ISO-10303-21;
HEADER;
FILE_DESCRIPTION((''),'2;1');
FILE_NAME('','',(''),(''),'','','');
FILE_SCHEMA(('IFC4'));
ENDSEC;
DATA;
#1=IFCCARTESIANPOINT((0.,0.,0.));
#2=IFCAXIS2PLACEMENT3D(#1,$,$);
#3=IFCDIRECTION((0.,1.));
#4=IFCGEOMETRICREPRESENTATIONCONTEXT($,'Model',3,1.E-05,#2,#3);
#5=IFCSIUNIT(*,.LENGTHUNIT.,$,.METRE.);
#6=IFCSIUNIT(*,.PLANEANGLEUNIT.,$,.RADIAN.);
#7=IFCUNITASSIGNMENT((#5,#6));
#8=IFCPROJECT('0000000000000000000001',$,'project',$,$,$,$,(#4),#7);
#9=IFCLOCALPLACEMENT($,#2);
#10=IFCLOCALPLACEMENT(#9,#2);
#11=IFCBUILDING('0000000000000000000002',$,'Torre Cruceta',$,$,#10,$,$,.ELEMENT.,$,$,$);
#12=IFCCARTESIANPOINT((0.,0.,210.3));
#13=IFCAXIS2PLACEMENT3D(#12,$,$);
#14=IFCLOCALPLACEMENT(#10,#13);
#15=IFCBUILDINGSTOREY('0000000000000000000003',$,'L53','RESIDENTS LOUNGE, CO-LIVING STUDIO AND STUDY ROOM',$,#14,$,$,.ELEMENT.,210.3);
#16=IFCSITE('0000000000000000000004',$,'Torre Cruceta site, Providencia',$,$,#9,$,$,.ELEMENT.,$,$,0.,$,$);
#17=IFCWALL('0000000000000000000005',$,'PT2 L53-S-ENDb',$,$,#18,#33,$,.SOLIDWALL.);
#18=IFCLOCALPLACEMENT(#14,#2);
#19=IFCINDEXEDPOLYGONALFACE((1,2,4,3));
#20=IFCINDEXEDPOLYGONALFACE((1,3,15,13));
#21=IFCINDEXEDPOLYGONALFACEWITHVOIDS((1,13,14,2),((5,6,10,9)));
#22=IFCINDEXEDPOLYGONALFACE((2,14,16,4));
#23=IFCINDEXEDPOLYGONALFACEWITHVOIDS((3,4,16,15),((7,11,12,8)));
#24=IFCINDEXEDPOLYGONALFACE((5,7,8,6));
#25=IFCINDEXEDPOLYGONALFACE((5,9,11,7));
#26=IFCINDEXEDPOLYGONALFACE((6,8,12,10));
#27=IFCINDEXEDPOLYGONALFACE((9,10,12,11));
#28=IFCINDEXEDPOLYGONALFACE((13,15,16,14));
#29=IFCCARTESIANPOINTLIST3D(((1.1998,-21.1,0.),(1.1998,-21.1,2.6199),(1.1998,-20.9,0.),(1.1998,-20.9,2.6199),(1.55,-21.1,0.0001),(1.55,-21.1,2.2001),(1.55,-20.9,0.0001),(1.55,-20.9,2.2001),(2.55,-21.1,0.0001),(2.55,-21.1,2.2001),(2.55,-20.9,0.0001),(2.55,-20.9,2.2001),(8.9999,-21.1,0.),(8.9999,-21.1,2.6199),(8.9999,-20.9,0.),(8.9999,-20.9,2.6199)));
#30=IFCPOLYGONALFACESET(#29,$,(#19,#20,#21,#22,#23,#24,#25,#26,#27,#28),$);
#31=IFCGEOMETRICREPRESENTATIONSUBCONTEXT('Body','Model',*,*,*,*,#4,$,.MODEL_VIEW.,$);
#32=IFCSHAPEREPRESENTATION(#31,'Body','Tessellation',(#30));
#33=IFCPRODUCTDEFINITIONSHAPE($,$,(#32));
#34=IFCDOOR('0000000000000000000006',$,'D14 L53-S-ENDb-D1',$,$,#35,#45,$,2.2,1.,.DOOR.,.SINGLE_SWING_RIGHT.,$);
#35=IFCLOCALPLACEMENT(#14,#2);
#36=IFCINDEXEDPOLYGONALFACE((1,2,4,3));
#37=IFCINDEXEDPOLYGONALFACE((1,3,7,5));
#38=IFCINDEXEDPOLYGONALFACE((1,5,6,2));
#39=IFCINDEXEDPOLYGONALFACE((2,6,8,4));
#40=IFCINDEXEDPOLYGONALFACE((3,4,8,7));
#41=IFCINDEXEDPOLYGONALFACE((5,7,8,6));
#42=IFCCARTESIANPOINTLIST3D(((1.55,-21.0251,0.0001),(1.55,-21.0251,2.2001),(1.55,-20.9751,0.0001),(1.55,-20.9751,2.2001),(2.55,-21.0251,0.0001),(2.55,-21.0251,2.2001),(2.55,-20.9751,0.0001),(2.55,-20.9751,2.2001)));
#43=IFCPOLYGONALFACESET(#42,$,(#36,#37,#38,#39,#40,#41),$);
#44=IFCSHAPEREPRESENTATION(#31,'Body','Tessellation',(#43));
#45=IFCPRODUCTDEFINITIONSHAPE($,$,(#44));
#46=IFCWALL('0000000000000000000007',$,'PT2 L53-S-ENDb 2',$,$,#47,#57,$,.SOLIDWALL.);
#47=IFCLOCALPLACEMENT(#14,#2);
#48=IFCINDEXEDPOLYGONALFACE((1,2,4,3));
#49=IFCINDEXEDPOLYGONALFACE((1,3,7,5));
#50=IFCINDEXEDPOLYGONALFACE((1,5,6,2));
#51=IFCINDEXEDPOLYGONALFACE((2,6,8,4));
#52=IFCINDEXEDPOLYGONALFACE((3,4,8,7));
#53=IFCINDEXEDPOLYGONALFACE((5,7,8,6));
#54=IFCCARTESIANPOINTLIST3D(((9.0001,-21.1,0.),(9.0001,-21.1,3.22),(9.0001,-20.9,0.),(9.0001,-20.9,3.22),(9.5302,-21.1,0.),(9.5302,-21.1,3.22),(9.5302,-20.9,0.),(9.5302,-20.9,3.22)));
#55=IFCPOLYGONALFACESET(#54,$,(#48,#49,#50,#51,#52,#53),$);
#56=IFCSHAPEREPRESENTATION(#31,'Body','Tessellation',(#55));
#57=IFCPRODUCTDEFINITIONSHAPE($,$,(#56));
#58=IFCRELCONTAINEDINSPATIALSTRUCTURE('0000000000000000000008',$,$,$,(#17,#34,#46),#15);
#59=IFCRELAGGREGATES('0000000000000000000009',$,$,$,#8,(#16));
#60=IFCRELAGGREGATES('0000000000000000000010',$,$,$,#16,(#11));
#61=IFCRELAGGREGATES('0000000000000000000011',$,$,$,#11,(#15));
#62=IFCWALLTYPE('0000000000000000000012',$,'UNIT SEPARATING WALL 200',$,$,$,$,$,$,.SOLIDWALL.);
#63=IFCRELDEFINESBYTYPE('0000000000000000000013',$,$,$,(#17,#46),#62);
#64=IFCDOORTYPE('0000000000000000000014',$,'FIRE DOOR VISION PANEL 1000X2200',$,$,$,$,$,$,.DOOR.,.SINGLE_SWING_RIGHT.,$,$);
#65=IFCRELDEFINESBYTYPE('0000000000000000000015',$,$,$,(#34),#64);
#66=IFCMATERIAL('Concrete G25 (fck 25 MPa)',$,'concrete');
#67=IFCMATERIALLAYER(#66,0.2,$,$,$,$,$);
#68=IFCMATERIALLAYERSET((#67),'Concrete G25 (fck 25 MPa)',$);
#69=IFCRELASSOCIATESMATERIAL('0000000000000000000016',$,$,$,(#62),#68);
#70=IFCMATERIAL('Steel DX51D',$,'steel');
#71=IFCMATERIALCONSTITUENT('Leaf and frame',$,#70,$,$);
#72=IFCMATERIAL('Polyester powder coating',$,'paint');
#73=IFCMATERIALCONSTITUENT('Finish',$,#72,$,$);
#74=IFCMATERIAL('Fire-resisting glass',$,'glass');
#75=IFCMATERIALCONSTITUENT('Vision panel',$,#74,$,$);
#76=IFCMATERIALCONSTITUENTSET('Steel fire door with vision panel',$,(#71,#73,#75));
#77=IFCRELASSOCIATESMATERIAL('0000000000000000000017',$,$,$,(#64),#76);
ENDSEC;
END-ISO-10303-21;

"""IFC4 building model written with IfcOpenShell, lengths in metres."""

from ifc_helpers import new_model, si_unit, direction, frame, frame_2d, origin, place, context, subcontext, project, spatial, rectangle, extrude, material, layer, layer_set, constituent, constituent_set, type_object, element, fill, save


model = new_model("IFC4")

# Units and contexts
model_context = context("Model", 3, precision=1e-05, world=origin(), true_north=direction((0.0, 1.0)))
body_context = subcontext(model_context, "Body", "Model", "MODEL_VIEW")
ifc_project = project(units=[si_unit("LENGTHUNIT", "METRE"), si_unit("PLANEANGLEUNIT", "RADIAN")], contexts=[model_context])

# Site, building, storey
site_placement = place(None, origin())
site = spatial("IfcSite", under=ifc_project, at=site_placement, Name="Torre Cruceta site, Providencia", CompositionType="ELEMENT", RefElevation=0.0)
building_placement = place(site_placement, origin())
building = spatial("IfcBuilding", under=site, at=building_placement, Name="Torre Cruceta", CompositionType="ELEMENT")
storey_placement = place(building_placement, frame((0.0, 0.0, 210.3)))
storey = spatial("IfcBuildingStorey", under=building, at=storey_placement, Name="L53", Description="RESIDENTS LOUNGE, CO-LIVING STUDIO AND STUDY ROOM", CompositionType="ELEMENT", Elevation=210.3)

# Wall, opening, door
ifc_material_1 = material(Name="Concrete G25 (fck 25 MPa)", Category="concrete")
ifc_layer_1 = layer(ifc_material_1, 0.2)
ifc_layer_set_1 = layer_set([ifc_layer_1], Name="Concrete G25 (fck 25 MPa)")
wall_type_1 = type_object("IfcWallType", Name="UNIT SEPARATING WALL 200", PredefinedType="SOLIDWALL", material=ifc_layer_set_1)
wall_1_placement = place(storey_placement, frame((1.2, -21.0, 0.0), z_axis=(0.0, 0.0, 1.0), x_axis=(1.0, 0.0, 0.0)))
wall_1 = element("IfcWall", 1, at=wall_1_placement, inside=storey, type_object=wall_type_1, Name="PT2 L53-S-ENDb", PredefinedType="SOLIDWALL", context=body_context, shape_type="SweptSolid", body=[
    extrude(rectangle(XDim=7.8, YDim=0.2, at=frame_2d((3.8999, 0.0))), origin(), (0.0, 0.0, 1.0), 2.6199),
])
opening_1_placement = place(wall_1_placement, frame((0.3501, 0.0, 0.0)))
opening_1 = element("IfcOpeningElement", 2, at=opening_1_placement, cuts=wall_1, PredefinedType="OPENING", context=body_context, shape_type="SweptSolid", body=[
    extrude(rectangle(XDim=1.0, YDim=2.2, at=frame_2d((0.5, 1.1001))), frame((0.0, 0.1099, 0.0), z_axis=(0.0, -1.0, 0.0), x_axis=(1.0, 0.0, 0.0)), (0.0, 0.0, 1.0), 0.22),
])
ifc_material_2 = material(Name="Steel DX51D", Category="steel")
ifc_constituent_1 = constituent(ifc_material_2, Name="Leaf and frame")
ifc_material_3 = material(Name="Polyester powder coating", Category="paint")
ifc_constituent_2 = constituent(ifc_material_3, Name="Finish")
ifc_material_4 = material(Name="Fire-resisting glass", Category="glass")
ifc_constituent_3 = constituent(ifc_material_4, Name="Vision panel")
ifc_constituent_set_1 = constituent_set(constituents=[ifc_constituent_1, ifc_constituent_2, ifc_constituent_3], Name="Steel fire door with vision panel")
door_type_1 = type_object("IfcDoorType", Name="FIRE DOOR VISION PANEL 1000X2200", OperationType="SINGLE_SWING_RIGHT", PredefinedType="DOOR", material=ifc_constituent_set_1)
door_1_placement = place(opening_1_placement, frame((1.0, 0.0, 0.0), z_axis=(0.0, 0.0, 1.0), x_axis=(-1.0, 0.0, 0.0)))
door_1 = element("IfcDoor", 3, at=door_1_placement, inside=storey, type_object=door_type_1, Name="D14 L53-S-ENDb-D1", OperationType="SINGLE_SWING_RIGHT", OverallHeight=2.2, OverallWidth=1.0, PredefinedType="DOOR", context=body_context, shape_type="SweptSolid", body=[
    extrude(rectangle(XDim=1.0, YDim=2.2, at=frame_2d((0.5, 1.1001))), frame((0.0, 0.0251, 0.0), z_axis=(0.0, -1.0, 0.0), x_axis=(1.0, 0.0, 0.0)), (0.0, 0.0, 1.0), 0.05),
])
fill(opening_1, door_1)

# Wall
wall_2_placement = place(storey_placement, frame((9.0, -21.0, 0.0), z_axis=(0.0, 0.0, 1.0), x_axis=(1.0, 0.0, 0.0)))
element("IfcWall", 4, at=wall_2_placement, inside=storey, type_object=wall_type_1, Name="PT2 L53-S-ENDb 2", PredefinedType="SOLIDWALL", context=body_context, shape_type="SweptSolid", body=[
    extrude(rectangle(XDim=0.53, YDim=0.2, at=frame_2d((0.2651, 0.0))), origin(), (0.0, 0.0, 1.0), 3.22),
])

save(model, "model.ifc")
